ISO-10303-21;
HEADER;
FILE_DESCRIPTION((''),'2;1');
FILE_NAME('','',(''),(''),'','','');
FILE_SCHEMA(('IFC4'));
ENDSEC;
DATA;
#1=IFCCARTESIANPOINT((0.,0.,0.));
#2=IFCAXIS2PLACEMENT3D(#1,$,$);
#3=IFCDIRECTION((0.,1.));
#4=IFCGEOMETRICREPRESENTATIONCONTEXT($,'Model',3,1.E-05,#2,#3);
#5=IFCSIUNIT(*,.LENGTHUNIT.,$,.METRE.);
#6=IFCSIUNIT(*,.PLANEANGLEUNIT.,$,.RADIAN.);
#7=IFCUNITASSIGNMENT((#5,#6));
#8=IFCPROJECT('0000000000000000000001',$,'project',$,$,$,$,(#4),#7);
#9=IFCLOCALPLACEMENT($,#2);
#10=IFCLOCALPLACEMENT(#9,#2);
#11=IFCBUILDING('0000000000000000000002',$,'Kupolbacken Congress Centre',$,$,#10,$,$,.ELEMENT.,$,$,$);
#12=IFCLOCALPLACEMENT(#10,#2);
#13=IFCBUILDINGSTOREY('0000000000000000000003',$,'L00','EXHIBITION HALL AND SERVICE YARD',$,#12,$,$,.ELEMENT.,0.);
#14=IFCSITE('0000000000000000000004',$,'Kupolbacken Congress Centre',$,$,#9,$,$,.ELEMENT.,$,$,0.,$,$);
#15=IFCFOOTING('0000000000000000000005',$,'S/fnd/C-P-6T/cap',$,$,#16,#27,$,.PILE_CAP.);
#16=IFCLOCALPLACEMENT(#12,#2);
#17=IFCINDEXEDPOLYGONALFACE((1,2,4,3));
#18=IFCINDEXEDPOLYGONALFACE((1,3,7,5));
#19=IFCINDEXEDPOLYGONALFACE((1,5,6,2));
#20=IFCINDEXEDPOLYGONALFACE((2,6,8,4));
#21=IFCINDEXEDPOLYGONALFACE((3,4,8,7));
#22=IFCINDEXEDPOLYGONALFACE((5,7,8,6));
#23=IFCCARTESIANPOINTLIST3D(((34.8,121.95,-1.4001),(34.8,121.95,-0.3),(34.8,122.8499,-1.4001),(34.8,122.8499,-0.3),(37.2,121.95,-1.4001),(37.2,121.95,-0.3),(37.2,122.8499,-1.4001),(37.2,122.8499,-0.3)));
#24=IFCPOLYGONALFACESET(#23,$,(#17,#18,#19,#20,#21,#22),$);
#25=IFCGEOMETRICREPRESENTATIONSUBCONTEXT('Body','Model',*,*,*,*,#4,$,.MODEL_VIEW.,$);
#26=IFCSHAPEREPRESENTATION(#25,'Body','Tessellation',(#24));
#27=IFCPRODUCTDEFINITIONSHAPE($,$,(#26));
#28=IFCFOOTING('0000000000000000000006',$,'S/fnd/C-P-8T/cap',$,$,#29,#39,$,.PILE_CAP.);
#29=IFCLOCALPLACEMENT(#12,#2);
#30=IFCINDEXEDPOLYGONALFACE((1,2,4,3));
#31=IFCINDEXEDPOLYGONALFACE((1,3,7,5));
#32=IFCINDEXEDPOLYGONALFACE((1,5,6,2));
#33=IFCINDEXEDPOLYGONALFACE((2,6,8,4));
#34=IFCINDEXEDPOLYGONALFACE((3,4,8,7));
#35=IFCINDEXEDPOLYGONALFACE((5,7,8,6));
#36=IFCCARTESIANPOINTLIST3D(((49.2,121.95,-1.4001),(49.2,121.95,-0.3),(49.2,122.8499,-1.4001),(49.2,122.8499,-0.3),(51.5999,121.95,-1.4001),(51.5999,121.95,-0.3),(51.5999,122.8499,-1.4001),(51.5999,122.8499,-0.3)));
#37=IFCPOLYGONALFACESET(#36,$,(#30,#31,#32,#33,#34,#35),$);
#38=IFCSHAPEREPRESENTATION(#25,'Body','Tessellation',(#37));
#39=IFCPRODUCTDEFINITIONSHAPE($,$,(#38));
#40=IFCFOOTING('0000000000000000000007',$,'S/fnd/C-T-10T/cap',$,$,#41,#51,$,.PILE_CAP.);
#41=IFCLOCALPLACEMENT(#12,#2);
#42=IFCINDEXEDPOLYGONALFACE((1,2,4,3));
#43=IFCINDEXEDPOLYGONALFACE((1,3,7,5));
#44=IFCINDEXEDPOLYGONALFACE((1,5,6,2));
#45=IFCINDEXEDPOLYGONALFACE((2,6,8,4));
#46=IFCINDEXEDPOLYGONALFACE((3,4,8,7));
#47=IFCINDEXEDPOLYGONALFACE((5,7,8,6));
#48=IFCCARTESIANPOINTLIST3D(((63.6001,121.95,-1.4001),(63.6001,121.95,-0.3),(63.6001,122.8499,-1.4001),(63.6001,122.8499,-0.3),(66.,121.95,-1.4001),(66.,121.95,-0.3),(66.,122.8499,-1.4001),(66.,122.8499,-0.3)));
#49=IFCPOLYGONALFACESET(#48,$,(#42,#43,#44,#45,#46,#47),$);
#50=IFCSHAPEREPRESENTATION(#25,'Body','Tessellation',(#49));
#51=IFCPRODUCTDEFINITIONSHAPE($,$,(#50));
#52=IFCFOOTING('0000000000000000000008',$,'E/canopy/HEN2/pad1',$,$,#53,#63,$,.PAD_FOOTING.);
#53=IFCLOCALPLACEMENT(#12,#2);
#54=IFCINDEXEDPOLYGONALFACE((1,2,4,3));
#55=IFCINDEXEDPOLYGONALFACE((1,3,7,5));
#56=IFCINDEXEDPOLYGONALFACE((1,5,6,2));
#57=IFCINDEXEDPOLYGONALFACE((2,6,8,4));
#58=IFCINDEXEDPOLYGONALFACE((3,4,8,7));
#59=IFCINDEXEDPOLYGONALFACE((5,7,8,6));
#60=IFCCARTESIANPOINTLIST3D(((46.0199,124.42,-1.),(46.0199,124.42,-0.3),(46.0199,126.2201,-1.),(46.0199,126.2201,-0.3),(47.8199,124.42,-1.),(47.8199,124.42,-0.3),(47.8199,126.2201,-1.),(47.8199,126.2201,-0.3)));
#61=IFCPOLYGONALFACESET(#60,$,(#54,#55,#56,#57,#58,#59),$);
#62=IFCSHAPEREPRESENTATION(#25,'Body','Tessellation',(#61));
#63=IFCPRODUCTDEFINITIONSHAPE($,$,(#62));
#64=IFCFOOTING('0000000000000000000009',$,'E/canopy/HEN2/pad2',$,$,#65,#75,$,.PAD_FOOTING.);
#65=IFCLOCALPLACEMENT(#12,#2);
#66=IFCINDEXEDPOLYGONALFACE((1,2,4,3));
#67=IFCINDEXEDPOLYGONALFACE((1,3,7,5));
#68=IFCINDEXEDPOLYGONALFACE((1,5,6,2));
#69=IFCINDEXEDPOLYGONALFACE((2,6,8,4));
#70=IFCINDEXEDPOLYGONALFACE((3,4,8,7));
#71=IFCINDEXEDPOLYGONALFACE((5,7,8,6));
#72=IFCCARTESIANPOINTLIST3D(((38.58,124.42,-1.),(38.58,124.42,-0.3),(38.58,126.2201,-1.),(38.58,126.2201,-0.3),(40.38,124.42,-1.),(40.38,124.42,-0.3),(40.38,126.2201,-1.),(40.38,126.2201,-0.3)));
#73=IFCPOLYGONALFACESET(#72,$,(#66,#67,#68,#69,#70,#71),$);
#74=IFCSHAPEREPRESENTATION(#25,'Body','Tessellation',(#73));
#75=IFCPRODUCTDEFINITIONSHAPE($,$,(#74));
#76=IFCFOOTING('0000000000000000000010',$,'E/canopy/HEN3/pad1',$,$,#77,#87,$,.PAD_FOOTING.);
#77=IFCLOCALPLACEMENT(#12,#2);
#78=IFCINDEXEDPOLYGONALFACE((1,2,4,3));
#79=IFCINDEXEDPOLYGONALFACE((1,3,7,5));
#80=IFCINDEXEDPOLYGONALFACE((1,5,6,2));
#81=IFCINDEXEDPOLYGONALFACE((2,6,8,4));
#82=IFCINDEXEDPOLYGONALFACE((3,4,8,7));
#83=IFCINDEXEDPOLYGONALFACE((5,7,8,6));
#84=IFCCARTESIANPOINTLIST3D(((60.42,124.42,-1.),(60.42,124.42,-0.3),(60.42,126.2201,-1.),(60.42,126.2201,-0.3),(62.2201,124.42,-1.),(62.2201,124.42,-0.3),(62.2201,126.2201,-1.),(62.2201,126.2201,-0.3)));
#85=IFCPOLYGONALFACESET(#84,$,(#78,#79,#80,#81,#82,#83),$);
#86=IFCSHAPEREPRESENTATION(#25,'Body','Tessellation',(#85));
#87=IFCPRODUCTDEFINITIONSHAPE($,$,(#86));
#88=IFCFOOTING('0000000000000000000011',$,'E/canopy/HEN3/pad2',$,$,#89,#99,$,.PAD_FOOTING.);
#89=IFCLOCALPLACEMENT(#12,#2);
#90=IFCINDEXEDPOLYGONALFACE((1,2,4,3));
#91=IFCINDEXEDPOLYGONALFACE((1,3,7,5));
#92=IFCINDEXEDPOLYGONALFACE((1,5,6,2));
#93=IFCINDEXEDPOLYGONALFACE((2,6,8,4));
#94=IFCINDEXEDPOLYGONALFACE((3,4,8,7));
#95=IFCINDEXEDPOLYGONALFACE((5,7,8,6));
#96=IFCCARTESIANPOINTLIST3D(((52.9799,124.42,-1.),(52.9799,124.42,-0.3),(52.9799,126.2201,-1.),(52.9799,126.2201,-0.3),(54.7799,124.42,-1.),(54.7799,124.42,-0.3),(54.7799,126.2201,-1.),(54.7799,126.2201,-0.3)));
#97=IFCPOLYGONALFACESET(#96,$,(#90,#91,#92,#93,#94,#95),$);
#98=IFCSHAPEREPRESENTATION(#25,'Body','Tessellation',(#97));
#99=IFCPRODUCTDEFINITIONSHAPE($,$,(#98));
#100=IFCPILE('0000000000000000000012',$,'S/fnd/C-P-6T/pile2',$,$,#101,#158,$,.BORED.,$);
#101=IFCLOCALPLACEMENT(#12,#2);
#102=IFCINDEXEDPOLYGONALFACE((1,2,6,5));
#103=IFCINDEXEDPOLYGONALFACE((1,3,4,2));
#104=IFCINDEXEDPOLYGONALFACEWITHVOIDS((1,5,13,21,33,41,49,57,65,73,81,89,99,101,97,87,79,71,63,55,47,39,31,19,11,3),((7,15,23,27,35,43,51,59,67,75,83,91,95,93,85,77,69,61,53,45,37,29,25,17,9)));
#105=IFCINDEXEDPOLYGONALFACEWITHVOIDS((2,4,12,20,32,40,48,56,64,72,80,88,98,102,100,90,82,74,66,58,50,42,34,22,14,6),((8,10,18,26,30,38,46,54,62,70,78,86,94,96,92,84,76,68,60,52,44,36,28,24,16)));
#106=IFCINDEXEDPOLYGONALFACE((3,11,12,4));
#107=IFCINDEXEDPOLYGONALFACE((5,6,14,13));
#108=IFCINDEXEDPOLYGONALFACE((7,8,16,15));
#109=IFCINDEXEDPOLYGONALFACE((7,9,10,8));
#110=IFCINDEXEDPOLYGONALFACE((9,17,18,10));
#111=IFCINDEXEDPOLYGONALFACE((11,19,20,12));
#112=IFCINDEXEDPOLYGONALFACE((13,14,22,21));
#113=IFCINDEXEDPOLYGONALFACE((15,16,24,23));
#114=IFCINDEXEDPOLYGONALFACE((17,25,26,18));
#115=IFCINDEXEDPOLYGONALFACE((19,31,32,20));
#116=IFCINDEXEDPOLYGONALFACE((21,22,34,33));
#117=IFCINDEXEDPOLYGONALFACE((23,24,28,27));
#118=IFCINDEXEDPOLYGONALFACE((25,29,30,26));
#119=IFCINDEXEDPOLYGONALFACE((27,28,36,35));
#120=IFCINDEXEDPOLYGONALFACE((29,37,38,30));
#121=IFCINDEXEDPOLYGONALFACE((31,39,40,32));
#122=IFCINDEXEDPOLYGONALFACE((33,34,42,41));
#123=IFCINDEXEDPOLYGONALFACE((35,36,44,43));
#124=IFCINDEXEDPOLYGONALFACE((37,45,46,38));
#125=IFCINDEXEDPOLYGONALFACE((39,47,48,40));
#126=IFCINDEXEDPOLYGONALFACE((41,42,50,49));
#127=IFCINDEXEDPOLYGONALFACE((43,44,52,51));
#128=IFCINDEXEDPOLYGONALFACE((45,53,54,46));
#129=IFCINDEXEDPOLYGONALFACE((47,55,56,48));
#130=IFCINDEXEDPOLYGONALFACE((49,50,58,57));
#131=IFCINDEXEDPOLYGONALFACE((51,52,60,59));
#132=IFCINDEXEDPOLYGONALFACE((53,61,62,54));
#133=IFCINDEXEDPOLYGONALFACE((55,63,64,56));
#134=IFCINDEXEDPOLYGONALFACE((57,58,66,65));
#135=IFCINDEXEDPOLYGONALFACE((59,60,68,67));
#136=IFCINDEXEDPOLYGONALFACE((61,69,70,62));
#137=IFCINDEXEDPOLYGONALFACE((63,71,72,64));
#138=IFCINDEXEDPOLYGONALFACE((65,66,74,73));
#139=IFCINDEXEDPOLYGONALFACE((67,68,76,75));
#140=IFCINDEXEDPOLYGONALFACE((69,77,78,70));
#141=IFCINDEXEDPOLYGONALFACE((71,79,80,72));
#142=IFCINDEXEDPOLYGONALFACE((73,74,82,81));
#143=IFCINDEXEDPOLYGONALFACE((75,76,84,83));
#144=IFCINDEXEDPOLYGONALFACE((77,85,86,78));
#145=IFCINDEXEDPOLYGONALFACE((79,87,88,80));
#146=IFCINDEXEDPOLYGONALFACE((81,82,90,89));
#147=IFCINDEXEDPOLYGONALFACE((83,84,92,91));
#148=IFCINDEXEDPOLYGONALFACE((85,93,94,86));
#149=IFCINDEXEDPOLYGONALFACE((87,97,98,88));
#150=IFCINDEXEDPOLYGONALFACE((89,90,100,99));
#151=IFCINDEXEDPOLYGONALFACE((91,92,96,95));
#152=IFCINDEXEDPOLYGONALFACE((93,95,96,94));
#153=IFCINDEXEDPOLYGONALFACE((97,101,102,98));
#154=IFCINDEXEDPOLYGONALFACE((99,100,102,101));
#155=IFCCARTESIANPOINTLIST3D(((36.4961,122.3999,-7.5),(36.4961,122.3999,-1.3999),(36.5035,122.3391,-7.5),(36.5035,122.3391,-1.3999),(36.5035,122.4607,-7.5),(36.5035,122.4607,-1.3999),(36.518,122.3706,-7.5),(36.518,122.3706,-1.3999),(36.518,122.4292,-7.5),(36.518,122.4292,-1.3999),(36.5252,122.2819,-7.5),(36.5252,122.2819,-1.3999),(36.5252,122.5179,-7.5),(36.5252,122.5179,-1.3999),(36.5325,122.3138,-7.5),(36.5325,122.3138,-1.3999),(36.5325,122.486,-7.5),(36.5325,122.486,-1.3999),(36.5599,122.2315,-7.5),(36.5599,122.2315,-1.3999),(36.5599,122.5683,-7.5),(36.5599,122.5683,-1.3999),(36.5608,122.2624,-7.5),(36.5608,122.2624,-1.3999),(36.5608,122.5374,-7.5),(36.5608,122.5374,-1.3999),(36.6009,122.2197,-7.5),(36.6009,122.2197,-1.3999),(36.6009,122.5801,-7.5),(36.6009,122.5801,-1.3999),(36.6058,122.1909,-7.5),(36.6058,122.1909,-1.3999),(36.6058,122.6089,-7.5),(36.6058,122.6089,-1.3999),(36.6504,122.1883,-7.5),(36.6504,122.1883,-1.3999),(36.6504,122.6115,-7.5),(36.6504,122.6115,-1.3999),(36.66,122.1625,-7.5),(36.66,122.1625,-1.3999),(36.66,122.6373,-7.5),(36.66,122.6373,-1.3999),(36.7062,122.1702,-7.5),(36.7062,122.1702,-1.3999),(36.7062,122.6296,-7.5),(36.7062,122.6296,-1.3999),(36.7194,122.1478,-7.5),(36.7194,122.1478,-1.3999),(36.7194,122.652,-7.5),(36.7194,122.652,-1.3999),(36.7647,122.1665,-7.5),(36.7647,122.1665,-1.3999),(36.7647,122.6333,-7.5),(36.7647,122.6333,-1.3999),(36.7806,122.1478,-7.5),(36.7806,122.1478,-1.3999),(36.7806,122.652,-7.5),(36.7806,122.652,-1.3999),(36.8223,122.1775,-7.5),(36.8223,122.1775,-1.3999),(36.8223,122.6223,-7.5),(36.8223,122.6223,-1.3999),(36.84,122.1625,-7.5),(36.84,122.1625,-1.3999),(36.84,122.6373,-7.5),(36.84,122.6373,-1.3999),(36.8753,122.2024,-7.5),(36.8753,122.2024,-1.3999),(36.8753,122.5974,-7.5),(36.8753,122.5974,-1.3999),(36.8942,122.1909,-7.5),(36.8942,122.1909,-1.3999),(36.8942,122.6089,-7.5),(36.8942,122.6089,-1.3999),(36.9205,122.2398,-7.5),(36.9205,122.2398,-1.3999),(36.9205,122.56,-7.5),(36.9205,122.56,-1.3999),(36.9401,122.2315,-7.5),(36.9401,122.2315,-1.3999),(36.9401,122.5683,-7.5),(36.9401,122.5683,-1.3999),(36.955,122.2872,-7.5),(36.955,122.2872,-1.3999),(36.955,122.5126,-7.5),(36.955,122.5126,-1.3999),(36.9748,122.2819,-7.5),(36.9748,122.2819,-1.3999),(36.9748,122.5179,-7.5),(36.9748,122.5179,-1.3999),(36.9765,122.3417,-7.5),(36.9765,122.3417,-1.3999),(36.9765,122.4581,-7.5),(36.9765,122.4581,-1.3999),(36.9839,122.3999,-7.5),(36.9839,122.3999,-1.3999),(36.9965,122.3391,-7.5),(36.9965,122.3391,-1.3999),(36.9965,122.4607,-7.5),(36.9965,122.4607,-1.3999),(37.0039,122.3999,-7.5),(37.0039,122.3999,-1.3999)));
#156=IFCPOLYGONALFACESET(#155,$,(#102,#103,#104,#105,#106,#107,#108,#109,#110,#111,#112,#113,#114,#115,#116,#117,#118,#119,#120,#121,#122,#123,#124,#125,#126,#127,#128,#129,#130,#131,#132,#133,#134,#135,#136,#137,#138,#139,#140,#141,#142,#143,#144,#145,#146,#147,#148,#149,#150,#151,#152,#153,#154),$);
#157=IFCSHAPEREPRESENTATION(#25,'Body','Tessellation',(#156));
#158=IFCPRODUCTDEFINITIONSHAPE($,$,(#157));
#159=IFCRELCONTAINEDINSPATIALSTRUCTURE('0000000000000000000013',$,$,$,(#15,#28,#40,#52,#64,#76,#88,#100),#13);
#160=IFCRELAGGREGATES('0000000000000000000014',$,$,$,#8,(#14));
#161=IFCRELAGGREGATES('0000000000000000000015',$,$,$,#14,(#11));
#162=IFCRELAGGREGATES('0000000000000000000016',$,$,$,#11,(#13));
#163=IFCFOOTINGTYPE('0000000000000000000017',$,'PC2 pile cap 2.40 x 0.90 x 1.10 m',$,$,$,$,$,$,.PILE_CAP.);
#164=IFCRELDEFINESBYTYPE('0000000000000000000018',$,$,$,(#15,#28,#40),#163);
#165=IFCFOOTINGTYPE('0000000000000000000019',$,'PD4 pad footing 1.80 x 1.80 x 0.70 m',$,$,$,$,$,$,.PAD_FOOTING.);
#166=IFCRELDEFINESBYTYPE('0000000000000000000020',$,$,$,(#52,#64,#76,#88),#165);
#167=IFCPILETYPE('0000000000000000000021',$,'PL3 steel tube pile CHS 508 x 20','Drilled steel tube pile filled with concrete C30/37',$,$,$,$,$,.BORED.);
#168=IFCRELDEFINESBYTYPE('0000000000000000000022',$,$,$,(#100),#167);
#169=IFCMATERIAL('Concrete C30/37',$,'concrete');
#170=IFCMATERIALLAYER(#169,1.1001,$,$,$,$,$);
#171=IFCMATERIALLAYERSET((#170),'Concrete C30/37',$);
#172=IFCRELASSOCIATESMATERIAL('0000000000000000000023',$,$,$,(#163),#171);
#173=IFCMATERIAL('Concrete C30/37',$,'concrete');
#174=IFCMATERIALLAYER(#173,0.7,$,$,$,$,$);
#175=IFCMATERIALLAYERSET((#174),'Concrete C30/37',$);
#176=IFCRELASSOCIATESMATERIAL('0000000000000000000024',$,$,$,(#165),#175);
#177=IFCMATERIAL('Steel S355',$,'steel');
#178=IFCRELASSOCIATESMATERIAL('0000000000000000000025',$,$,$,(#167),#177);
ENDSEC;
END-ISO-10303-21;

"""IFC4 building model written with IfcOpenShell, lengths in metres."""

from ifc_helpers import new_model, si_unit, direction, frame, origin, origin_2d, place, context, subcontext, project, spatial, rectangle, hollow_circle, extrude, material, layer, layer_set, material_profile, profile_set, type_object, element, save


model = new_model("IFC4")

# Units and contexts
model_context = context("Model", 3, precision=1e-05, world=origin(), true_north=direction((0.0, 1.0)))
body_context = subcontext(model_context, "Body", "Model", "MODEL_VIEW")
ifc_project = project(units=[si_unit("LENGTHUNIT", "METRE"), si_unit("PLANEANGLEUNIT", "RADIAN")], contexts=[model_context])

# Site, building, storey
site_placement = place(None, origin())
site = spatial("IfcSite", under=ifc_project, at=site_placement, Name="Kupolbacken Congress Centre", CompositionType="ELEMENT", RefElevation=0.0)
building_placement = place(site_placement, origin())
building = spatial("IfcBuilding", under=site, at=building_placement, Name="Kupolbacken Congress Centre", CompositionType="ELEMENT")
storey_placement = place(building_placement, origin())
storey = spatial("IfcBuildingStorey", under=building, at=storey_placement, Name="L00", Description="EXHIBITION HALL AND SERVICE YARD", CompositionType="ELEMENT", Elevation=0.0)

# Footings
ifc_material_1 = material(Name="Concrete C30/37", Category="concrete")
ifc_layer_1 = layer(ifc_material_1, 1.1001)
ifc_layer_set_1 = layer_set([ifc_layer_1], Name="Concrete C30/37")
footing_type_1 = type_object("IfcFootingType", Name="PC2 pile cap 2.40 x 0.90 x 1.10 m", PredefinedType="PILE_CAP", material=ifc_layer_set_1)
for number, where, z_axis, x_axis, name in (
    (1, (36.0, 122.3999, -1.4001), (0.0, 0.0, 1.0), (1.0, 0.0, 0.0), "S/fnd/C-P-6T/cap"),
    (2, (50.3999, 122.3999, -1.4001), (0.0, 0.0, 1.0), (1.0, 0.0, 0.0), "S/fnd/C-P-8T/cap"),
    (3, (64.8, 122.3999, -1.4001), (0.0, 0.0, 1.0), (1.0, 0.0, 0.0), "S/fnd/C-T-10T/cap"),
):
    element("IfcFooting", number, at=place(storey_placement, frame(where, z_axis=z_axis, x_axis=x_axis)), inside=storey, type_object=footing_type_1, Name=name, PredefinedType="PILE_CAP", context=body_context, shape_type="SweptSolid", body=[
        extrude(rectangle(XDim=2.3999, YDim=0.8999, at=origin_2d()), origin(), (0.0, 0.0, 1.0), 1.1001),
    ])
ifc_material_2 = material(Name="Concrete C30/37", Category="concrete")
ifc_layer_2 = layer(ifc_material_2, 0.7)
ifc_layer_set_2 = layer_set([ifc_layer_2], Name="Concrete C30/37")
footing_type_2 = type_object("IfcFootingType", Name="PD4 pad footing 1.80 x 1.80 x 0.70 m", PredefinedType="PAD_FOOTING", material=ifc_layer_set_2)
for number, where, z_axis, x_axis, name in (
    (4, (46.9199, 125.3201, -1.0), (0.0, 0.0, 1.0), (1.0, 0.0, 0.0), "E/canopy/HEN2/pad1"),
    (5, (39.48, 125.3201, -1.0), (0.0, 0.0, 1.0), (1.0, 0.0, 0.0), "E/canopy/HEN2/pad2"),
    (6, (61.3201, 125.3201, -1.0), (0.0, 0.0, 1.0), (1.0, 0.0, 0.0), "E/canopy/HEN3/pad1"),
    (7, (53.8799, 125.3201, -1.0), (0.0, 0.0, 1.0), (1.0, 0.0, 0.0), "E/canopy/HEN3/pad2"),
):
    element("IfcFooting", number, at=place(storey_placement, frame(where, z_axis=z_axis, x_axis=x_axis)), inside=storey, type_object=footing_type_2, Name=name, PredefinedType="PAD_FOOTING", context=body_context, shape_type="SweptSolid", body=[
        extrude(rectangle(XDim=1.8, YDim=1.8, at=origin_2d()), origin(), (0.0, 0.0, 1.0), 0.7),
    ])

# Pile
ifc_material_3 = material(Name="Steel S355", Category="steel")
ifc_material_profile_1 = material_profile(ifc_material_3, hollow_circle(Radius=0.2539, WallThickness=0.02, at=origin_2d()), Name="CHS 508 x 20")
ifc_profile_set_1 = profile_set([ifc_material_profile_1], Name="Steel S355")
pile_type = type_object("IfcPileType", Name="PL3 steel tube pile CHS 508 x 20", Description="Drilled steel tube pile filled with concrete C30/37", PredefinedType="BORED", material=ifc_profile_set_1)
for number, where, z_axis, x_axis, name in (
    (8, (36.75, 122.3999, -1.3999), (0.0, 0.0, -1.0), (1.0, 0.0, 0.0), "S/fnd/C-P-6T/pile2"),
):
    element("IfcPile", number, at=place(storey_placement, frame(where, z_axis=z_axis, x_axis=x_axis)), inside=storey, type_object=pile_type, Name=name, PredefinedType="BORED", context=body_context, shape_type="SweptSolid", body=[
        extrude(hollow_circle(Radius=0.2539, WallThickness=0.02, at=origin_2d()), origin(), (0.0, 0.0, 1.0), 6.1001),
    ])

save(model, "model.ifc")
